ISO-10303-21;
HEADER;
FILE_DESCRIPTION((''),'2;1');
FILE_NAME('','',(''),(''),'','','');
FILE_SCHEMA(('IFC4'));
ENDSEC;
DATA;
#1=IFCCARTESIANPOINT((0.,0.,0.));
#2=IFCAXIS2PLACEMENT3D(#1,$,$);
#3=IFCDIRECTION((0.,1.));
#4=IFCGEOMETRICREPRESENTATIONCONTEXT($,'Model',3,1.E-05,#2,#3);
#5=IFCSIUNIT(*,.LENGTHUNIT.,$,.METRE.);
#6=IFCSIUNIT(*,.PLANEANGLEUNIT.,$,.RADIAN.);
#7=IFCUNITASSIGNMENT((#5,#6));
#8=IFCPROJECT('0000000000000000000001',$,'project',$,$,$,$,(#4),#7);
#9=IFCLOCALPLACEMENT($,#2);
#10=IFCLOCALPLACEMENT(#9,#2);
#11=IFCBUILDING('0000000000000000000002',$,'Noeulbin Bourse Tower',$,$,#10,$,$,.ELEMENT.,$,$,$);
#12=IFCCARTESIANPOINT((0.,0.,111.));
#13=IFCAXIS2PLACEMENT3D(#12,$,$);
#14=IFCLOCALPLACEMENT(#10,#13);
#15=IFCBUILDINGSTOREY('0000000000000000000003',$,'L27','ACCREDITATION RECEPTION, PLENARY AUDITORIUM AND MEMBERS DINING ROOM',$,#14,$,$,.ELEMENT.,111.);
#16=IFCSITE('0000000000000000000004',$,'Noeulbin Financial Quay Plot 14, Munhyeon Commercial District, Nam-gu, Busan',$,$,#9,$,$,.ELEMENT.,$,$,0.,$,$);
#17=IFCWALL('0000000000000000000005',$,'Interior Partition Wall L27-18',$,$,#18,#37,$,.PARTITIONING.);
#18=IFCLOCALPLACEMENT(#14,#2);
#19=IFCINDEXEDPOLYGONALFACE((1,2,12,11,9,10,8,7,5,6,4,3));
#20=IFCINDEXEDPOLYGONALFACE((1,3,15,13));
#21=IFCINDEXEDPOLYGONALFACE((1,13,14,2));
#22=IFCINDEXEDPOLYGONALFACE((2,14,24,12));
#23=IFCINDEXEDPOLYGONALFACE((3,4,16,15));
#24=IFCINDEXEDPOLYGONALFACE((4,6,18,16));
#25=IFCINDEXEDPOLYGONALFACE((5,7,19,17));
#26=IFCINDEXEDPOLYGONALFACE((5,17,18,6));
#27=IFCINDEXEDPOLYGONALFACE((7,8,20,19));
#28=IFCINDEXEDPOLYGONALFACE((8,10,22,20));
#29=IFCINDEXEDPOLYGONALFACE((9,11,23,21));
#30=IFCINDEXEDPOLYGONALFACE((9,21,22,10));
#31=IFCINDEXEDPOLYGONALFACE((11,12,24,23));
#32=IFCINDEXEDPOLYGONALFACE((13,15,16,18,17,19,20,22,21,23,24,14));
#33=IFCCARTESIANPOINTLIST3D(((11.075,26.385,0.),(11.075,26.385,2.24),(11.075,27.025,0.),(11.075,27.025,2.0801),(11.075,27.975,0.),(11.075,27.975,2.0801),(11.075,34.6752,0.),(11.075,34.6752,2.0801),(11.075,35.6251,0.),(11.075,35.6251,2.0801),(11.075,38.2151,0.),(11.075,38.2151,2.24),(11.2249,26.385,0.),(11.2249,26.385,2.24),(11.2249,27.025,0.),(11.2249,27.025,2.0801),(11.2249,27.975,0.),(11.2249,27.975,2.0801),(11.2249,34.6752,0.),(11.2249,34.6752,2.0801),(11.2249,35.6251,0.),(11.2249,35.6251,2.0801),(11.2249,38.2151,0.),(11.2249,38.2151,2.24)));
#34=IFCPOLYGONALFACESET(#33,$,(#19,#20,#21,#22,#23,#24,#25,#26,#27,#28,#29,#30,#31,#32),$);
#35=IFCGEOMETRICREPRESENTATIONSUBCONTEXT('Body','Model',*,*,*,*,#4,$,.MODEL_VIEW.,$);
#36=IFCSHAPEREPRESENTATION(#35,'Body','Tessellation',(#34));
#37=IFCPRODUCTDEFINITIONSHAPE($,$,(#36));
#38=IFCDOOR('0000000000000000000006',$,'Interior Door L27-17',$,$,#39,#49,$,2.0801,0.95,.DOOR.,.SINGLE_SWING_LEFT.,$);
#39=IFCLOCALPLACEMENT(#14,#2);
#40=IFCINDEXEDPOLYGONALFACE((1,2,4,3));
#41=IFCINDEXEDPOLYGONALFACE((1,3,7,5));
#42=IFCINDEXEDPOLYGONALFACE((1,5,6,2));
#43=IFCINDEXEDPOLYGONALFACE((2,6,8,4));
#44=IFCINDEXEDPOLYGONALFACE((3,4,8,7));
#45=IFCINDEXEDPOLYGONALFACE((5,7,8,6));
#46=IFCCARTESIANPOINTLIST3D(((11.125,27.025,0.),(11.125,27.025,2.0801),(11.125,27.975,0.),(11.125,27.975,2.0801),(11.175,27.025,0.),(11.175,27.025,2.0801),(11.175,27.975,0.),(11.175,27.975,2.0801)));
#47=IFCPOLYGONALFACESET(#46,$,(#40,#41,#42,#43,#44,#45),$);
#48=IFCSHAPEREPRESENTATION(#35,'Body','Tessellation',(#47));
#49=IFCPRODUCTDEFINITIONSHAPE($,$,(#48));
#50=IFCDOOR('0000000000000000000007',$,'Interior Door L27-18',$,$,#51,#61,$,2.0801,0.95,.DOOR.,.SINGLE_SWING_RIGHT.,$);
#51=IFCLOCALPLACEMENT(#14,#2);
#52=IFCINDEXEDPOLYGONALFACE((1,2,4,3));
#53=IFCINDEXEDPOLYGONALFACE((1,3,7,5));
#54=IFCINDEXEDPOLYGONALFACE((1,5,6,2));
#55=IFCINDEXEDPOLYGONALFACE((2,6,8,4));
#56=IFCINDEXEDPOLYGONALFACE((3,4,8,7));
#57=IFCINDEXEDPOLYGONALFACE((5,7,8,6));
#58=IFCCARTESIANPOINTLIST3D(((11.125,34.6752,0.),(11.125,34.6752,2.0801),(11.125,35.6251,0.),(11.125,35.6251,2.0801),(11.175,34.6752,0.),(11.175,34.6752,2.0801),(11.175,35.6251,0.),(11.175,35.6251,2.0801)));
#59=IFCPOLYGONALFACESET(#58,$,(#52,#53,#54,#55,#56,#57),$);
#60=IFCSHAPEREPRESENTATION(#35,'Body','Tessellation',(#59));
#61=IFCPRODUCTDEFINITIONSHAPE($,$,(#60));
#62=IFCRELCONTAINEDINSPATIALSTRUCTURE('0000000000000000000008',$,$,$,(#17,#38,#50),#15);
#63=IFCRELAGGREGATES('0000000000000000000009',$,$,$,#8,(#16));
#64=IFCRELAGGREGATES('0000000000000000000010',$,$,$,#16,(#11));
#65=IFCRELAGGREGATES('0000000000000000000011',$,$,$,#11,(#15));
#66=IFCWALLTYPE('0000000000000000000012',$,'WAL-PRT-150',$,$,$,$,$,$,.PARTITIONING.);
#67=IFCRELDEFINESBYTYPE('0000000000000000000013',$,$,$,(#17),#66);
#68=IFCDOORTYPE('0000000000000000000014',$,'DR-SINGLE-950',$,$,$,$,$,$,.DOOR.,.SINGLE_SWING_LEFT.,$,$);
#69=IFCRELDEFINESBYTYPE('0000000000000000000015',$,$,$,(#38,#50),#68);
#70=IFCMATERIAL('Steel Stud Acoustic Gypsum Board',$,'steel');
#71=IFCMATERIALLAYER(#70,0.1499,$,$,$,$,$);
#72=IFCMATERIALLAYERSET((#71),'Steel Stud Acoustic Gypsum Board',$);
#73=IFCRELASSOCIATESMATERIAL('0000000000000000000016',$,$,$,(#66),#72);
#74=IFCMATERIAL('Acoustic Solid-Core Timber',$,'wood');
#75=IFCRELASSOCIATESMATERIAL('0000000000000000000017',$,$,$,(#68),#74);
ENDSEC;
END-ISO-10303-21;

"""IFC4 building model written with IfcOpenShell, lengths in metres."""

from ifc_helpers import new_model, si_unit, direction, frame, frame_2d, origin, place, context, subcontext, project, spatial, rectangle, extrude, material, layer, layer_set, type_object, element, fill, save


model = new_model("IFC4")

# Units and contexts
model_context = context("Model", 3, precision=1e-05, world=origin(), true_north=direction((0.0, 1.0)))
body_context = subcontext(model_context, "Body", "Model", "MODEL_VIEW")
ifc_project = project(units=[si_unit("LENGTHUNIT", "METRE"), si_unit("PLANEANGLEUNIT", "RADIAN")], contexts=[model_context])

# Site, building, storey
site_placement = place(None, origin())
site = spatial("IfcSite", under=ifc_project, at=site_placement, Name="Noeulbin Financial Quay Plot 14, Munhyeon Commercial District, Nam-gu, Busan", CompositionType="ELEMENT", RefElevation=0.0)
building_placement = place(site_placement, origin())
building = spatial("IfcBuilding", under=site, at=building_placement, Name="Noeulbin Bourse Tower", CompositionType="ELEMENT")
storey_placement = place(building_placement, frame((0.0, 0.0, 111.0)))
storey = spatial("IfcBuildingStorey", under=building, at=storey_placement, Name="L27", Description="ACCREDITATION RECEPTION, PLENARY AUDITORIUM AND MEMBERS DINING ROOM", CompositionType="ELEMENT", Elevation=111.0)

# Wall, openings, doors
ifc_material_1 = material(Name="Steel Stud Acoustic Gypsum Board", Category="steel")
ifc_layer_1 = layer(ifc_material_1, 0.1499)
ifc_layer_set_1 = layer_set([ifc_layer_1], Name="Steel Stud Acoustic Gypsum Board")
wall_type = type_object("IfcWallType", Name="WAL-PRT-150", PredefinedType="PARTITIONING", material=ifc_layer_set_1)
ifc_material_2 = material(Name="Acoustic Solid-Core Timber", Category="wood")
door_type = type_object("IfcDoorType", Name="DR-SINGLE-950", OperationType="SINGLE_SWING_LEFT", PredefinedType="DOOR", material=ifc_material_2)
wall_1_placement = place(storey_placement, frame((11.1499, 26.385, 0.0), z_axis=(0.0, 0.0, 1.0), x_axis=(0.0, 1.0, 0.0)))
wall_1 = element("IfcWall", 1, at=wall_1_placement, inside=storey, type_object=wall_type, Name="Interior Partition Wall L27-18", PredefinedType="PARTITIONING", context=body_context, shape_type="SweptSolid", body=[
    extrude(rectangle(XDim=11.8301, YDim=0.1499, at=frame_2d((5.915, 0.0))), origin(), (0.0, 0.0, 1.0), 2.24),
])
opening_1_placement = place(wall_1_placement, frame((0.6399, 0.0, 0.0)))
opening_1 = element("IfcOpeningElement", 2, at=opening_1_placement, cuts=wall_1, PredefinedType="OPENING", context=body_context, shape_type="SweptSolid", body=[
    extrude(rectangle(XDim=0.95, YDim=2.0801, at=frame_2d((0.4751, 1.04))), frame((0.0, 0.085, 0.0), z_axis=(0.0, -1.0, 0.0), x_axis=(1.0, 0.0, 0.0)), (0.0, 0.0, 1.0), 0.1699),
])
opening_2_placement = place(wall_1_placement, frame((8.29, 0.0, 0.0)))
opening_2 = element("IfcOpeningElement", 3, at=opening_2_placement, cuts=wall_1, PredefinedType="OPENING", context=body_context, shape_type="SweptSolid", body=[
    extrude(rectangle(XDim=0.95, YDim=2.0801, at=frame_2d((0.4751, 1.04))), frame((0.0, 0.085, 0.0), z_axis=(0.0, -1.0, 0.0), x_axis=(1.0, 0.0, 0.0)), (0.0, 0.0, 1.0), 0.1699),
])
door_1_placement = place(opening_1_placement, origin())
door_1 = element("IfcDoor", 4, at=door_1_placement, inside=storey, type_object=door_type, Name="Interior Door L27-17", OperationType="SINGLE_SWING_LEFT", OverallHeight=2.0801, OverallWidth=0.95, PredefinedType="DOOR", context=body_context, shape_type="SweptSolid", body=[
    extrude(rectangle(XDim=0.95, YDim=2.0801, at=frame_2d((0.4751, 1.04))), frame((0.0, 0.0249, 0.0), z_axis=(0.0, -1.0, 0.0), x_axis=(1.0, 0.0, 0.0)), (0.0, 0.0, 1.0), 0.05),
])
fill(opening_1, door_1)
door_2_placement = place(opening_2_placement, origin())
door_2 = element("IfcDoor", 5, at=door_2_placement, inside=storey, type_object=door_type, Name="Interior Door L27-18", OperationType="SINGLE_SWING_RIGHT", OverallHeight=2.0801, OverallWidth=0.95, PredefinedType="DOOR", context=body_context, shape_type="SweptSolid", body=[
    extrude(rectangle(XDim=0.95, YDim=2.0801, at=frame_2d((0.4751, 1.04))), frame((0.0, 0.0249, 0.0), z_axis=(0.0, -1.0, 0.0), x_axis=(1.0, 0.0, 0.0)), (0.0, 0.0, 1.0), 0.05),
])
fill(opening_2, door_2)

save(model, "model.ifc")
